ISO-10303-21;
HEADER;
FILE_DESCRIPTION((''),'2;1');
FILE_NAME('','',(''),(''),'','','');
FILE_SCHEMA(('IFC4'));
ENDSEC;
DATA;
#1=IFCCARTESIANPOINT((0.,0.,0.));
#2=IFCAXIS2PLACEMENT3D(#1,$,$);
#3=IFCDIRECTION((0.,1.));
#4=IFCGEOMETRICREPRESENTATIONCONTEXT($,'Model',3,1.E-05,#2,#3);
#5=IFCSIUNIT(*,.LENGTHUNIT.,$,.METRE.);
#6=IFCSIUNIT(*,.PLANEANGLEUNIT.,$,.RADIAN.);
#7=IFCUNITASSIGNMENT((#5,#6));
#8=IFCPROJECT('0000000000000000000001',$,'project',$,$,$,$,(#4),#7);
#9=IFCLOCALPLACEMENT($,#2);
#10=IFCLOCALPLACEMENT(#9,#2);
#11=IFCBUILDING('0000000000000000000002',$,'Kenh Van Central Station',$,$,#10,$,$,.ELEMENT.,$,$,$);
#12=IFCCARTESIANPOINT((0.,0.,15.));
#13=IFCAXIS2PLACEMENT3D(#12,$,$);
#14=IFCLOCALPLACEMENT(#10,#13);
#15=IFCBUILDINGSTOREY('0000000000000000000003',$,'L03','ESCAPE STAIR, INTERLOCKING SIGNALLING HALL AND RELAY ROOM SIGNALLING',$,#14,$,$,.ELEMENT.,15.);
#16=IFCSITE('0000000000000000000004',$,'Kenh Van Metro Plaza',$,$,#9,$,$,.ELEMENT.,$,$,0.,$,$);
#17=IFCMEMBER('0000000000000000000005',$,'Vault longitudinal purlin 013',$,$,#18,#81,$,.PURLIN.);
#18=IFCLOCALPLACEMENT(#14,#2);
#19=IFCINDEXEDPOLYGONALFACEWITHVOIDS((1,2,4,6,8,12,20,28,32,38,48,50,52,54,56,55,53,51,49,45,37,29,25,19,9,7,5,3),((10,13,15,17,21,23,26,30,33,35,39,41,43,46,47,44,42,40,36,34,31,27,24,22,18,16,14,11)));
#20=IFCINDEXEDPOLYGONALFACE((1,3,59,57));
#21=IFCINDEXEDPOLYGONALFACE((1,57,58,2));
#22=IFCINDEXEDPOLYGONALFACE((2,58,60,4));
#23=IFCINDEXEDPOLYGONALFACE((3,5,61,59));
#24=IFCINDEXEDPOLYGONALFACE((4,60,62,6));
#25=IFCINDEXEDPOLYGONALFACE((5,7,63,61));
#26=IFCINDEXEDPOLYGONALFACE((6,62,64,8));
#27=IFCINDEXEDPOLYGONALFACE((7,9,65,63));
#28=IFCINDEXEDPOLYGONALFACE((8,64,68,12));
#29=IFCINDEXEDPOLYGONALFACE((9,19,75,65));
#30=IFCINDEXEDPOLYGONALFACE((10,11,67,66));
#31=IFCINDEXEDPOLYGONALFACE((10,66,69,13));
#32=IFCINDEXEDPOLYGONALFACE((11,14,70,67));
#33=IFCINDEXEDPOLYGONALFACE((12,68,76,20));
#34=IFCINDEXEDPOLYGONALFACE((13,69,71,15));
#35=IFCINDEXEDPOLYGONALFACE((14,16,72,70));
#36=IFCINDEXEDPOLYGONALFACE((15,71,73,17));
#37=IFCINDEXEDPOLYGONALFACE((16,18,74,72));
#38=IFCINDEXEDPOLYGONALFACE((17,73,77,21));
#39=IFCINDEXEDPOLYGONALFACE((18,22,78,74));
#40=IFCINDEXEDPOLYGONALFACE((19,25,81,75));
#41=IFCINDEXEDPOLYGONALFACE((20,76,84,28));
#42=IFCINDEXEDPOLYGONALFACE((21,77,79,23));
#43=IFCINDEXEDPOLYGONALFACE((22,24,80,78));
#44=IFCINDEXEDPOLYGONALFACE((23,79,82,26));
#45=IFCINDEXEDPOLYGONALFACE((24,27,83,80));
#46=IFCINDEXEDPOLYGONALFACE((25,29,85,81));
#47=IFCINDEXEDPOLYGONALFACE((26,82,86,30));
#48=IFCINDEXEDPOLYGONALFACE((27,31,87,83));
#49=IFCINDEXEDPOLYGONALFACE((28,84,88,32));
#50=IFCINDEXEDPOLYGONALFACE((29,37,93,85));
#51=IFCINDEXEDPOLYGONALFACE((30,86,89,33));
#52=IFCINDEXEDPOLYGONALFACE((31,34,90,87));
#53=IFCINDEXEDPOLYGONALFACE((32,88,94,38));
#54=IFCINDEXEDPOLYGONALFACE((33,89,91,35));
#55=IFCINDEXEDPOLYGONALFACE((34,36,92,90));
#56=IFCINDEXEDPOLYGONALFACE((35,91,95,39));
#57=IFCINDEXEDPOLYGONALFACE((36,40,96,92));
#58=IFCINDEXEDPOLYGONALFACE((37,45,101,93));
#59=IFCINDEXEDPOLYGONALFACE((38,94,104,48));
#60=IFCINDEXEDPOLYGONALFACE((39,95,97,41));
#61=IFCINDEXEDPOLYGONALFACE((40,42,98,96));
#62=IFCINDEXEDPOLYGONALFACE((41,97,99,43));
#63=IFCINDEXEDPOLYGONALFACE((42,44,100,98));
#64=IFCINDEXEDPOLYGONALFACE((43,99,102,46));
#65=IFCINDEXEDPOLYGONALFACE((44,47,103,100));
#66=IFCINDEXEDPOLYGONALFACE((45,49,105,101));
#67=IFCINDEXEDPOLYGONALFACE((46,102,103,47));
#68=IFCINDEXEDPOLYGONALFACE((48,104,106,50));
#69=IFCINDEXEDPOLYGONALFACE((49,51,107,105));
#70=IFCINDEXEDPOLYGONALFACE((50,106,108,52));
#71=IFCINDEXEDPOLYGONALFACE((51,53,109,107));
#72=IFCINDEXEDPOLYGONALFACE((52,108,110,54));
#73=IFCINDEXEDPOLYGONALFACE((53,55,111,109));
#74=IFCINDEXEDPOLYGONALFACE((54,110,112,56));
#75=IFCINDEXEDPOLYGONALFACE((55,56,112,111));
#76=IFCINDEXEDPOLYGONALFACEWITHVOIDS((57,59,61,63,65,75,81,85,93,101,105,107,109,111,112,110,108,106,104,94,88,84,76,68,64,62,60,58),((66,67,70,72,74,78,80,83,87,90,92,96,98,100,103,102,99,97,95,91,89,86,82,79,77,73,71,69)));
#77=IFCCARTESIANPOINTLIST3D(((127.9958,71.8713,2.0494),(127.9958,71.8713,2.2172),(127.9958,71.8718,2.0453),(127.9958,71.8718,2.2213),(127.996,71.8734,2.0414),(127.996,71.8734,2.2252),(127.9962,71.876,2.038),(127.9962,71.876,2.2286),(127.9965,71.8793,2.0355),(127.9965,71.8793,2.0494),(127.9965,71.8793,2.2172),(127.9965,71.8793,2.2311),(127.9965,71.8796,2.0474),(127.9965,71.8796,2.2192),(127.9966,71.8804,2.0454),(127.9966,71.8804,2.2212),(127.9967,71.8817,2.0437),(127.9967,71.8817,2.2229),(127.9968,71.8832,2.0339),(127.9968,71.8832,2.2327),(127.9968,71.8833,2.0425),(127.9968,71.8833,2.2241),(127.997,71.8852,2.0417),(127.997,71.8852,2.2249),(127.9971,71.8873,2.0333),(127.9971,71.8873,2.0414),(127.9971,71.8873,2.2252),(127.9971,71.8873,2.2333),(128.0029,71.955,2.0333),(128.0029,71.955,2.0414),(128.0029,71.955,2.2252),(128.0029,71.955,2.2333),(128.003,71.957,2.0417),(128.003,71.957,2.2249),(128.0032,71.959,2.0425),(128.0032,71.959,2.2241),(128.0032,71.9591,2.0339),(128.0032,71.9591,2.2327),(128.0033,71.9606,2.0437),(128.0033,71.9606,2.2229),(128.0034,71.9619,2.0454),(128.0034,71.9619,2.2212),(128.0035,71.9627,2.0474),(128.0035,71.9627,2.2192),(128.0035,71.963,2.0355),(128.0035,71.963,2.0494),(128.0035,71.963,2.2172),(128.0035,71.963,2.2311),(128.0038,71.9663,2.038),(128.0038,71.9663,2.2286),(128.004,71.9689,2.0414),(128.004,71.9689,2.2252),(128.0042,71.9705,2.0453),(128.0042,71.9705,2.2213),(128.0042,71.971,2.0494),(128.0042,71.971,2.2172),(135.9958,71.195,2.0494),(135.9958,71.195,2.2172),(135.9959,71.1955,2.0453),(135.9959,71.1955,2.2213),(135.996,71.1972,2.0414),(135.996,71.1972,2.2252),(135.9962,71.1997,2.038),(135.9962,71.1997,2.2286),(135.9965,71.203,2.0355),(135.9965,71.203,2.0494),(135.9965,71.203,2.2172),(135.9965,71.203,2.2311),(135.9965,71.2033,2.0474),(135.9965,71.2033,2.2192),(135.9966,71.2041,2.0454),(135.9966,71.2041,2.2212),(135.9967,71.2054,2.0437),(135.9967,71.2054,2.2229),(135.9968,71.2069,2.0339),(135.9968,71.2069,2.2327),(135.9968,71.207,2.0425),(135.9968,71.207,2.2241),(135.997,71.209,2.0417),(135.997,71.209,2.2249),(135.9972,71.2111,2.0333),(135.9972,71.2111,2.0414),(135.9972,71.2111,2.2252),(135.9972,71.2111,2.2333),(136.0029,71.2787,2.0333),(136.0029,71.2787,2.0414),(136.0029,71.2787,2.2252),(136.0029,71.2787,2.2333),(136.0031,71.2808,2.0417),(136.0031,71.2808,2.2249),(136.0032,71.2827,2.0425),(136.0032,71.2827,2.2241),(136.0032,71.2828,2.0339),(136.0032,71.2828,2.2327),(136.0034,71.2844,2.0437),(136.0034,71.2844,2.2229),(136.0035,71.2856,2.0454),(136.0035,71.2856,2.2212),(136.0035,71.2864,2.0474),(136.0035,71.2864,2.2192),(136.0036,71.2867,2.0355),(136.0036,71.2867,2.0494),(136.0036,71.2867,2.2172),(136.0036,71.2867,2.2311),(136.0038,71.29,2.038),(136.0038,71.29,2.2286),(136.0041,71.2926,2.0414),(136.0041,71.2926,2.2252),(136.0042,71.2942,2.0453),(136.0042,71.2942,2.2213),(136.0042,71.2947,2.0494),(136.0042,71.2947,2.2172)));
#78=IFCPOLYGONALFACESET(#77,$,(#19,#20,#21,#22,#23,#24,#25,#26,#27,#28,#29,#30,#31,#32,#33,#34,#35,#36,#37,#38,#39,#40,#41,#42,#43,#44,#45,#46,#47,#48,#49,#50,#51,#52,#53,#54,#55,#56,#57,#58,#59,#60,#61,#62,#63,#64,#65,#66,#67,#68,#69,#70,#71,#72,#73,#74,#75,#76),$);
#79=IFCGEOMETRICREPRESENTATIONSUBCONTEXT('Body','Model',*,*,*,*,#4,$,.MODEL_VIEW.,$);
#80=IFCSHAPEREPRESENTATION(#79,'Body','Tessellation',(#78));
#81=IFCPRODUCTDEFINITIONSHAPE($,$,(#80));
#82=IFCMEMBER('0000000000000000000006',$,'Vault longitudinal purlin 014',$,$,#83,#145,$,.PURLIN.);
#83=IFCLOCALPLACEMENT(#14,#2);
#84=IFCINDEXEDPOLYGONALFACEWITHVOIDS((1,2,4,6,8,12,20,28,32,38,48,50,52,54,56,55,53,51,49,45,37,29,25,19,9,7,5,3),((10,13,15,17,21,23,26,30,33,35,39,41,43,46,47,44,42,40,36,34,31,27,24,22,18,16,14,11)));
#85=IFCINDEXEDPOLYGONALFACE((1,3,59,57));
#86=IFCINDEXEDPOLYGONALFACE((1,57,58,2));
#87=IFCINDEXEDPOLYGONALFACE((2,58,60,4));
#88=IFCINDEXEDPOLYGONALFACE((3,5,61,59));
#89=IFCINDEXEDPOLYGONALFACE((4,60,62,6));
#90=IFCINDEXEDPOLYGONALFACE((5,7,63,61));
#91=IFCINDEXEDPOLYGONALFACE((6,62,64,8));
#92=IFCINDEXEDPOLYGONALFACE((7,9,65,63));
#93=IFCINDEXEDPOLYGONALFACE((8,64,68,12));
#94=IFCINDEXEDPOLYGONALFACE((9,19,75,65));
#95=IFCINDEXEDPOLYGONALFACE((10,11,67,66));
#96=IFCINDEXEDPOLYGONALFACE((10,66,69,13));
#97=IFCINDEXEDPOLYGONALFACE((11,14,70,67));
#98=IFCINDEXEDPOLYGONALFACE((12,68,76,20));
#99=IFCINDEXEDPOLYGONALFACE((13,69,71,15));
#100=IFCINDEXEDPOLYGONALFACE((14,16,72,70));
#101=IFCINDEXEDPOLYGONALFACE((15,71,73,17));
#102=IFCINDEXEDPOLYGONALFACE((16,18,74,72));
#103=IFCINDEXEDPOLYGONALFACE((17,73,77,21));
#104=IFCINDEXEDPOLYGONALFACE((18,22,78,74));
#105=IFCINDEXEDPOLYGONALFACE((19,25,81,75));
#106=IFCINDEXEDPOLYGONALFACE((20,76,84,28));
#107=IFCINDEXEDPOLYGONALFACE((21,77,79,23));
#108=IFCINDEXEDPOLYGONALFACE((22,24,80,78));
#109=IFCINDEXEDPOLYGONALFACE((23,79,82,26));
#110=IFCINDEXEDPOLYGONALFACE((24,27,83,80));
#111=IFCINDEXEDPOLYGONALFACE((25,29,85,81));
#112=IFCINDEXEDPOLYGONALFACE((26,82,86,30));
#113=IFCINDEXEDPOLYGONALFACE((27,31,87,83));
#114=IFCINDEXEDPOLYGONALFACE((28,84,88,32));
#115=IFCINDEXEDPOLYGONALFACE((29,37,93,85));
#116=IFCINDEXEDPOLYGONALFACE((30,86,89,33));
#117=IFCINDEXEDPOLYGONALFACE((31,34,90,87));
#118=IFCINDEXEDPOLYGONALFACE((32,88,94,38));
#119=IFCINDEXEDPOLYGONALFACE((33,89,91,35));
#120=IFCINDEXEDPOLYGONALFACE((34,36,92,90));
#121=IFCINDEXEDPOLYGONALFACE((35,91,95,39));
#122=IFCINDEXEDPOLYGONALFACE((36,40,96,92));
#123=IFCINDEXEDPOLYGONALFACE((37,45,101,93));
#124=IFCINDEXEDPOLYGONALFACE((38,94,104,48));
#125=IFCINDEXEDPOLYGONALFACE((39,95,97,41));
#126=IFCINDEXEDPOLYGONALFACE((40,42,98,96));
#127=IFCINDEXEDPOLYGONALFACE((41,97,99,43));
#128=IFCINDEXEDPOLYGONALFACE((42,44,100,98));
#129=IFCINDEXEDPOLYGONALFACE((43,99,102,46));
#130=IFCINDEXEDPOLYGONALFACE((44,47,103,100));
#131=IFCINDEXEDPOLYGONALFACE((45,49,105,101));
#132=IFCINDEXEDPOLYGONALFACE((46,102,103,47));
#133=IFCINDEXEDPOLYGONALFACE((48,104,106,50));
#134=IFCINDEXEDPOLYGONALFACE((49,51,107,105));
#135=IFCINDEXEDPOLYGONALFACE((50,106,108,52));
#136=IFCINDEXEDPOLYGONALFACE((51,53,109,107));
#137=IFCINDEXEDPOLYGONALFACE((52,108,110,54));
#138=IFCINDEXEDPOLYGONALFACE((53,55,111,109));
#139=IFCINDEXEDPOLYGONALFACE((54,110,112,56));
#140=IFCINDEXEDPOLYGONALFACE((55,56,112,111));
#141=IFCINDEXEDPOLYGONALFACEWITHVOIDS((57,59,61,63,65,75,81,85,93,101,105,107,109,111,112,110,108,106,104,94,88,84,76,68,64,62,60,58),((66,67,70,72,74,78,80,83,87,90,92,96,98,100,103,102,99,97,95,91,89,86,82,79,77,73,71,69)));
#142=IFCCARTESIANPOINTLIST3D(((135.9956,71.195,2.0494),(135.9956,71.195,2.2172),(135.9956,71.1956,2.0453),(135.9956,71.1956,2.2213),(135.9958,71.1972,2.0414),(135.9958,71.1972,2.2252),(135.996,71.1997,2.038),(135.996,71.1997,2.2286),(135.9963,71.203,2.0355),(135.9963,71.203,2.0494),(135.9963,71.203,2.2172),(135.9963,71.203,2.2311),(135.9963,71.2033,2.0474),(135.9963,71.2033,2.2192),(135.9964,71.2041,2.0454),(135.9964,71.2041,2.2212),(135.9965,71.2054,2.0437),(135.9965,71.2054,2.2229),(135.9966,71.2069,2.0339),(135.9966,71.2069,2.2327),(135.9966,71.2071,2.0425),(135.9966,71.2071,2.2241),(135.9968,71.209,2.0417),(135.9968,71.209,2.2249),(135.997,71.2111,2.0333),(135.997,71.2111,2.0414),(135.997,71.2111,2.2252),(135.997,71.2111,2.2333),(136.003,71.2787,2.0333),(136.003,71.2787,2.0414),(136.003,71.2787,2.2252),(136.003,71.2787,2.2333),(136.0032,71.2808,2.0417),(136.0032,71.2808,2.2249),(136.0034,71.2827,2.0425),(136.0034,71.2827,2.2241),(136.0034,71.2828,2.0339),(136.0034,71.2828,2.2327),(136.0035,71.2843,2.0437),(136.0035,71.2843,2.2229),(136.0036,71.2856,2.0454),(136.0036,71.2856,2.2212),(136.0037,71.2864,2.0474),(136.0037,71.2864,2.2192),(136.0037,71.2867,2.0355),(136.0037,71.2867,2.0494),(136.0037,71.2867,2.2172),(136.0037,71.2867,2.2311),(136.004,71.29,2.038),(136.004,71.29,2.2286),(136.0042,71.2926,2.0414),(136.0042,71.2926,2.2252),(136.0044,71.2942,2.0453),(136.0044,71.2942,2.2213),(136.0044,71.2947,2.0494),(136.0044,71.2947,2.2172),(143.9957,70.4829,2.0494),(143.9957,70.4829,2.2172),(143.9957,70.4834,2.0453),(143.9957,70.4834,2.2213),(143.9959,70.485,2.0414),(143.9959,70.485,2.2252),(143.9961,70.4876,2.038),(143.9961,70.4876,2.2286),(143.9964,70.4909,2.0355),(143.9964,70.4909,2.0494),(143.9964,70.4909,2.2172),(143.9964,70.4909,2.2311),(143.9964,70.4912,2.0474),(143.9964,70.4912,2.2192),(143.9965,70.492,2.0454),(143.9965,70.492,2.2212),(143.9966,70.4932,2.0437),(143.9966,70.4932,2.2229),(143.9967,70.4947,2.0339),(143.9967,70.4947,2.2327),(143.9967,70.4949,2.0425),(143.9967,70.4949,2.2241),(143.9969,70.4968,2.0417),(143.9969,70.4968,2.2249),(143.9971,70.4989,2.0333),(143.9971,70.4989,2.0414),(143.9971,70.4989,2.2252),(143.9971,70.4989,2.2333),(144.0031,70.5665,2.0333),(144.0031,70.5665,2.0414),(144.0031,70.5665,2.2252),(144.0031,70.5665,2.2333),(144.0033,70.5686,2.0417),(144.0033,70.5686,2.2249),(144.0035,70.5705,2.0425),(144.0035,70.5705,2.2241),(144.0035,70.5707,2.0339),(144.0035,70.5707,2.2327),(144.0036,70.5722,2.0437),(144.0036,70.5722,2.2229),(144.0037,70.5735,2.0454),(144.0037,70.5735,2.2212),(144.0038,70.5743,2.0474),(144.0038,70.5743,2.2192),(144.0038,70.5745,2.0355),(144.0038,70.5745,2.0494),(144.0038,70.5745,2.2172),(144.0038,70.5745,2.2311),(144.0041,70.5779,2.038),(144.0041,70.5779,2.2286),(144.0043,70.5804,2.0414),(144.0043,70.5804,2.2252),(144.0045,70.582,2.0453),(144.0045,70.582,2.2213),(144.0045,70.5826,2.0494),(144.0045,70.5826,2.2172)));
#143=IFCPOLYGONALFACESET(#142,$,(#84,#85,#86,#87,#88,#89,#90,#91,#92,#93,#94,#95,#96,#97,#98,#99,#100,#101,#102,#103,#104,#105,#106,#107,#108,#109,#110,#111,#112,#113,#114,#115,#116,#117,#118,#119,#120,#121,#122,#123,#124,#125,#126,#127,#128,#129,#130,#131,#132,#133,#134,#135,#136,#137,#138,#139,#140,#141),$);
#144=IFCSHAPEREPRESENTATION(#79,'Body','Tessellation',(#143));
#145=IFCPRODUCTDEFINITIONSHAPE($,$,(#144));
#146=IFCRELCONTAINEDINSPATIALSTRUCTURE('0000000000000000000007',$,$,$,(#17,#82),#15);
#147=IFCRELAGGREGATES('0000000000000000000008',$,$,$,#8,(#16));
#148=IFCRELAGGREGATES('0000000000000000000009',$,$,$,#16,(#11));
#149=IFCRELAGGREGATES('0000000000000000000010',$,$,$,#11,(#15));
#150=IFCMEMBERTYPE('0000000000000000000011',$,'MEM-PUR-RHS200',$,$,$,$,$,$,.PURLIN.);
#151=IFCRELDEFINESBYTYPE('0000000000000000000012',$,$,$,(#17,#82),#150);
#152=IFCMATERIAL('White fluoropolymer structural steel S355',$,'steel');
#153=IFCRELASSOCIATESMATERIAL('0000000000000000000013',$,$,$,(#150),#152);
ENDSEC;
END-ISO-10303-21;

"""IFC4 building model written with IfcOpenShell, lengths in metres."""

from ifc_helpers import new_model, si_unit, direction, frame, origin, origin_2d, place, context, subcontext, project, spatial, hollow_rectangle, extrude, material, material_profile, profile_set, type_object, element, save


model = new_model("IFC4")

# Units and contexts
model_context = context("Model", 3, precision=1e-05, world=origin(), true_north=direction((0.0, 1.0)))
body_context = subcontext(model_context, "Body", "Model", "MODEL_VIEW")
ifc_project = project(units=[si_unit("LENGTHUNIT", "METRE"), si_unit("PLANEANGLEUNIT", "RADIAN")], contexts=[model_context])

# Site, building, storey
site_placement = place(None, origin())
site = spatial("IfcSite", under=ifc_project, at=site_placement, Name="Kenh Van Metro Plaza", CompositionType="ELEMENT", RefElevation=0.0)
building_placement = place(site_placement, origin())
building = spatial("IfcBuilding", under=site, at=building_placement, Name="Kenh Van Central Station", CompositionType="ELEMENT")
storey_placement = place(building_placement, frame((0.0, 0.0, 15.0)))
storey = spatial("IfcBuildingStorey", under=building, at=storey_placement, Name="L03", Description="ESCAPE STAIR, INTERLOCKING SIGNALLING HALL AND RELAY ROOM SIGNALLING", CompositionType="ELEMENT", Elevation=15.0)

# Shared definitions
ifc_material_1 = material(Name="White fluoropolymer structural steel S355", Category="steel")

# Members
ifc_material_profile_1 = material_profile(ifc_material_1, hollow_rectangle(XDim=0.1001, YDim=0.2, WallThickness=0.0081, InnerFilletRadius=0.0081, OuterFilletRadius=0.0161, at=origin_2d()), Name="RHS 200x100x8")
ifc_profile_set_1 = profile_set([ifc_material_profile_1], Name="White fluoropolymer structural steel S355")
member_type_1 = type_object("IfcMemberType", Name="MEM-PUR-RHS200", PredefinedType="PURLIN", material=ifc_profile_set_1)
member_1_placement = place(storey_placement, frame((128.0, 71.9211, 2.1333), z_axis=(0.996446, -0.084233, 0.0), x_axis=(0.084233, 0.996446, 0.0)))
element("IfcMember", 1, at=member_1_placement, inside=storey, type_object=member_type_1, Name="Vault longitudinal purlin 013", PredefinedType="PURLIN", context=body_context, shape_type="SweptSolid", body=[
    extrude(hollow_rectangle(XDim=0.1001, YDim=0.2, WallThickness=0.0081, InnerFilletRadius=0.0081, OuterFilletRadius=0.0161, at=origin_2d()), origin(), (0.0, 0.0, 1.0), 8.0286),
])
member_2_placement = place(storey_placement, frame((136.0, 71.2449, 2.1333), z_axis=(0.996061, -0.088669, 0.0), x_axis=(0.088669, 0.996061, 0.0)))
element("IfcMember", 2, at=member_2_placement, inside=storey, type_object=member_type_1, Name="Vault longitudinal purlin 014", PredefinedType="PURLIN", context=body_context, shape_type="SweptSolid", body=[
    extrude(hollow_rectangle(XDim=0.1001, YDim=0.2, WallThickness=0.0081, InnerFilletRadius=0.0081, OuterFilletRadius=0.0161, at=origin_2d()), origin(), (0.0, 0.0, 1.0), 8.0317),
])

save(model, "model.ifc")
